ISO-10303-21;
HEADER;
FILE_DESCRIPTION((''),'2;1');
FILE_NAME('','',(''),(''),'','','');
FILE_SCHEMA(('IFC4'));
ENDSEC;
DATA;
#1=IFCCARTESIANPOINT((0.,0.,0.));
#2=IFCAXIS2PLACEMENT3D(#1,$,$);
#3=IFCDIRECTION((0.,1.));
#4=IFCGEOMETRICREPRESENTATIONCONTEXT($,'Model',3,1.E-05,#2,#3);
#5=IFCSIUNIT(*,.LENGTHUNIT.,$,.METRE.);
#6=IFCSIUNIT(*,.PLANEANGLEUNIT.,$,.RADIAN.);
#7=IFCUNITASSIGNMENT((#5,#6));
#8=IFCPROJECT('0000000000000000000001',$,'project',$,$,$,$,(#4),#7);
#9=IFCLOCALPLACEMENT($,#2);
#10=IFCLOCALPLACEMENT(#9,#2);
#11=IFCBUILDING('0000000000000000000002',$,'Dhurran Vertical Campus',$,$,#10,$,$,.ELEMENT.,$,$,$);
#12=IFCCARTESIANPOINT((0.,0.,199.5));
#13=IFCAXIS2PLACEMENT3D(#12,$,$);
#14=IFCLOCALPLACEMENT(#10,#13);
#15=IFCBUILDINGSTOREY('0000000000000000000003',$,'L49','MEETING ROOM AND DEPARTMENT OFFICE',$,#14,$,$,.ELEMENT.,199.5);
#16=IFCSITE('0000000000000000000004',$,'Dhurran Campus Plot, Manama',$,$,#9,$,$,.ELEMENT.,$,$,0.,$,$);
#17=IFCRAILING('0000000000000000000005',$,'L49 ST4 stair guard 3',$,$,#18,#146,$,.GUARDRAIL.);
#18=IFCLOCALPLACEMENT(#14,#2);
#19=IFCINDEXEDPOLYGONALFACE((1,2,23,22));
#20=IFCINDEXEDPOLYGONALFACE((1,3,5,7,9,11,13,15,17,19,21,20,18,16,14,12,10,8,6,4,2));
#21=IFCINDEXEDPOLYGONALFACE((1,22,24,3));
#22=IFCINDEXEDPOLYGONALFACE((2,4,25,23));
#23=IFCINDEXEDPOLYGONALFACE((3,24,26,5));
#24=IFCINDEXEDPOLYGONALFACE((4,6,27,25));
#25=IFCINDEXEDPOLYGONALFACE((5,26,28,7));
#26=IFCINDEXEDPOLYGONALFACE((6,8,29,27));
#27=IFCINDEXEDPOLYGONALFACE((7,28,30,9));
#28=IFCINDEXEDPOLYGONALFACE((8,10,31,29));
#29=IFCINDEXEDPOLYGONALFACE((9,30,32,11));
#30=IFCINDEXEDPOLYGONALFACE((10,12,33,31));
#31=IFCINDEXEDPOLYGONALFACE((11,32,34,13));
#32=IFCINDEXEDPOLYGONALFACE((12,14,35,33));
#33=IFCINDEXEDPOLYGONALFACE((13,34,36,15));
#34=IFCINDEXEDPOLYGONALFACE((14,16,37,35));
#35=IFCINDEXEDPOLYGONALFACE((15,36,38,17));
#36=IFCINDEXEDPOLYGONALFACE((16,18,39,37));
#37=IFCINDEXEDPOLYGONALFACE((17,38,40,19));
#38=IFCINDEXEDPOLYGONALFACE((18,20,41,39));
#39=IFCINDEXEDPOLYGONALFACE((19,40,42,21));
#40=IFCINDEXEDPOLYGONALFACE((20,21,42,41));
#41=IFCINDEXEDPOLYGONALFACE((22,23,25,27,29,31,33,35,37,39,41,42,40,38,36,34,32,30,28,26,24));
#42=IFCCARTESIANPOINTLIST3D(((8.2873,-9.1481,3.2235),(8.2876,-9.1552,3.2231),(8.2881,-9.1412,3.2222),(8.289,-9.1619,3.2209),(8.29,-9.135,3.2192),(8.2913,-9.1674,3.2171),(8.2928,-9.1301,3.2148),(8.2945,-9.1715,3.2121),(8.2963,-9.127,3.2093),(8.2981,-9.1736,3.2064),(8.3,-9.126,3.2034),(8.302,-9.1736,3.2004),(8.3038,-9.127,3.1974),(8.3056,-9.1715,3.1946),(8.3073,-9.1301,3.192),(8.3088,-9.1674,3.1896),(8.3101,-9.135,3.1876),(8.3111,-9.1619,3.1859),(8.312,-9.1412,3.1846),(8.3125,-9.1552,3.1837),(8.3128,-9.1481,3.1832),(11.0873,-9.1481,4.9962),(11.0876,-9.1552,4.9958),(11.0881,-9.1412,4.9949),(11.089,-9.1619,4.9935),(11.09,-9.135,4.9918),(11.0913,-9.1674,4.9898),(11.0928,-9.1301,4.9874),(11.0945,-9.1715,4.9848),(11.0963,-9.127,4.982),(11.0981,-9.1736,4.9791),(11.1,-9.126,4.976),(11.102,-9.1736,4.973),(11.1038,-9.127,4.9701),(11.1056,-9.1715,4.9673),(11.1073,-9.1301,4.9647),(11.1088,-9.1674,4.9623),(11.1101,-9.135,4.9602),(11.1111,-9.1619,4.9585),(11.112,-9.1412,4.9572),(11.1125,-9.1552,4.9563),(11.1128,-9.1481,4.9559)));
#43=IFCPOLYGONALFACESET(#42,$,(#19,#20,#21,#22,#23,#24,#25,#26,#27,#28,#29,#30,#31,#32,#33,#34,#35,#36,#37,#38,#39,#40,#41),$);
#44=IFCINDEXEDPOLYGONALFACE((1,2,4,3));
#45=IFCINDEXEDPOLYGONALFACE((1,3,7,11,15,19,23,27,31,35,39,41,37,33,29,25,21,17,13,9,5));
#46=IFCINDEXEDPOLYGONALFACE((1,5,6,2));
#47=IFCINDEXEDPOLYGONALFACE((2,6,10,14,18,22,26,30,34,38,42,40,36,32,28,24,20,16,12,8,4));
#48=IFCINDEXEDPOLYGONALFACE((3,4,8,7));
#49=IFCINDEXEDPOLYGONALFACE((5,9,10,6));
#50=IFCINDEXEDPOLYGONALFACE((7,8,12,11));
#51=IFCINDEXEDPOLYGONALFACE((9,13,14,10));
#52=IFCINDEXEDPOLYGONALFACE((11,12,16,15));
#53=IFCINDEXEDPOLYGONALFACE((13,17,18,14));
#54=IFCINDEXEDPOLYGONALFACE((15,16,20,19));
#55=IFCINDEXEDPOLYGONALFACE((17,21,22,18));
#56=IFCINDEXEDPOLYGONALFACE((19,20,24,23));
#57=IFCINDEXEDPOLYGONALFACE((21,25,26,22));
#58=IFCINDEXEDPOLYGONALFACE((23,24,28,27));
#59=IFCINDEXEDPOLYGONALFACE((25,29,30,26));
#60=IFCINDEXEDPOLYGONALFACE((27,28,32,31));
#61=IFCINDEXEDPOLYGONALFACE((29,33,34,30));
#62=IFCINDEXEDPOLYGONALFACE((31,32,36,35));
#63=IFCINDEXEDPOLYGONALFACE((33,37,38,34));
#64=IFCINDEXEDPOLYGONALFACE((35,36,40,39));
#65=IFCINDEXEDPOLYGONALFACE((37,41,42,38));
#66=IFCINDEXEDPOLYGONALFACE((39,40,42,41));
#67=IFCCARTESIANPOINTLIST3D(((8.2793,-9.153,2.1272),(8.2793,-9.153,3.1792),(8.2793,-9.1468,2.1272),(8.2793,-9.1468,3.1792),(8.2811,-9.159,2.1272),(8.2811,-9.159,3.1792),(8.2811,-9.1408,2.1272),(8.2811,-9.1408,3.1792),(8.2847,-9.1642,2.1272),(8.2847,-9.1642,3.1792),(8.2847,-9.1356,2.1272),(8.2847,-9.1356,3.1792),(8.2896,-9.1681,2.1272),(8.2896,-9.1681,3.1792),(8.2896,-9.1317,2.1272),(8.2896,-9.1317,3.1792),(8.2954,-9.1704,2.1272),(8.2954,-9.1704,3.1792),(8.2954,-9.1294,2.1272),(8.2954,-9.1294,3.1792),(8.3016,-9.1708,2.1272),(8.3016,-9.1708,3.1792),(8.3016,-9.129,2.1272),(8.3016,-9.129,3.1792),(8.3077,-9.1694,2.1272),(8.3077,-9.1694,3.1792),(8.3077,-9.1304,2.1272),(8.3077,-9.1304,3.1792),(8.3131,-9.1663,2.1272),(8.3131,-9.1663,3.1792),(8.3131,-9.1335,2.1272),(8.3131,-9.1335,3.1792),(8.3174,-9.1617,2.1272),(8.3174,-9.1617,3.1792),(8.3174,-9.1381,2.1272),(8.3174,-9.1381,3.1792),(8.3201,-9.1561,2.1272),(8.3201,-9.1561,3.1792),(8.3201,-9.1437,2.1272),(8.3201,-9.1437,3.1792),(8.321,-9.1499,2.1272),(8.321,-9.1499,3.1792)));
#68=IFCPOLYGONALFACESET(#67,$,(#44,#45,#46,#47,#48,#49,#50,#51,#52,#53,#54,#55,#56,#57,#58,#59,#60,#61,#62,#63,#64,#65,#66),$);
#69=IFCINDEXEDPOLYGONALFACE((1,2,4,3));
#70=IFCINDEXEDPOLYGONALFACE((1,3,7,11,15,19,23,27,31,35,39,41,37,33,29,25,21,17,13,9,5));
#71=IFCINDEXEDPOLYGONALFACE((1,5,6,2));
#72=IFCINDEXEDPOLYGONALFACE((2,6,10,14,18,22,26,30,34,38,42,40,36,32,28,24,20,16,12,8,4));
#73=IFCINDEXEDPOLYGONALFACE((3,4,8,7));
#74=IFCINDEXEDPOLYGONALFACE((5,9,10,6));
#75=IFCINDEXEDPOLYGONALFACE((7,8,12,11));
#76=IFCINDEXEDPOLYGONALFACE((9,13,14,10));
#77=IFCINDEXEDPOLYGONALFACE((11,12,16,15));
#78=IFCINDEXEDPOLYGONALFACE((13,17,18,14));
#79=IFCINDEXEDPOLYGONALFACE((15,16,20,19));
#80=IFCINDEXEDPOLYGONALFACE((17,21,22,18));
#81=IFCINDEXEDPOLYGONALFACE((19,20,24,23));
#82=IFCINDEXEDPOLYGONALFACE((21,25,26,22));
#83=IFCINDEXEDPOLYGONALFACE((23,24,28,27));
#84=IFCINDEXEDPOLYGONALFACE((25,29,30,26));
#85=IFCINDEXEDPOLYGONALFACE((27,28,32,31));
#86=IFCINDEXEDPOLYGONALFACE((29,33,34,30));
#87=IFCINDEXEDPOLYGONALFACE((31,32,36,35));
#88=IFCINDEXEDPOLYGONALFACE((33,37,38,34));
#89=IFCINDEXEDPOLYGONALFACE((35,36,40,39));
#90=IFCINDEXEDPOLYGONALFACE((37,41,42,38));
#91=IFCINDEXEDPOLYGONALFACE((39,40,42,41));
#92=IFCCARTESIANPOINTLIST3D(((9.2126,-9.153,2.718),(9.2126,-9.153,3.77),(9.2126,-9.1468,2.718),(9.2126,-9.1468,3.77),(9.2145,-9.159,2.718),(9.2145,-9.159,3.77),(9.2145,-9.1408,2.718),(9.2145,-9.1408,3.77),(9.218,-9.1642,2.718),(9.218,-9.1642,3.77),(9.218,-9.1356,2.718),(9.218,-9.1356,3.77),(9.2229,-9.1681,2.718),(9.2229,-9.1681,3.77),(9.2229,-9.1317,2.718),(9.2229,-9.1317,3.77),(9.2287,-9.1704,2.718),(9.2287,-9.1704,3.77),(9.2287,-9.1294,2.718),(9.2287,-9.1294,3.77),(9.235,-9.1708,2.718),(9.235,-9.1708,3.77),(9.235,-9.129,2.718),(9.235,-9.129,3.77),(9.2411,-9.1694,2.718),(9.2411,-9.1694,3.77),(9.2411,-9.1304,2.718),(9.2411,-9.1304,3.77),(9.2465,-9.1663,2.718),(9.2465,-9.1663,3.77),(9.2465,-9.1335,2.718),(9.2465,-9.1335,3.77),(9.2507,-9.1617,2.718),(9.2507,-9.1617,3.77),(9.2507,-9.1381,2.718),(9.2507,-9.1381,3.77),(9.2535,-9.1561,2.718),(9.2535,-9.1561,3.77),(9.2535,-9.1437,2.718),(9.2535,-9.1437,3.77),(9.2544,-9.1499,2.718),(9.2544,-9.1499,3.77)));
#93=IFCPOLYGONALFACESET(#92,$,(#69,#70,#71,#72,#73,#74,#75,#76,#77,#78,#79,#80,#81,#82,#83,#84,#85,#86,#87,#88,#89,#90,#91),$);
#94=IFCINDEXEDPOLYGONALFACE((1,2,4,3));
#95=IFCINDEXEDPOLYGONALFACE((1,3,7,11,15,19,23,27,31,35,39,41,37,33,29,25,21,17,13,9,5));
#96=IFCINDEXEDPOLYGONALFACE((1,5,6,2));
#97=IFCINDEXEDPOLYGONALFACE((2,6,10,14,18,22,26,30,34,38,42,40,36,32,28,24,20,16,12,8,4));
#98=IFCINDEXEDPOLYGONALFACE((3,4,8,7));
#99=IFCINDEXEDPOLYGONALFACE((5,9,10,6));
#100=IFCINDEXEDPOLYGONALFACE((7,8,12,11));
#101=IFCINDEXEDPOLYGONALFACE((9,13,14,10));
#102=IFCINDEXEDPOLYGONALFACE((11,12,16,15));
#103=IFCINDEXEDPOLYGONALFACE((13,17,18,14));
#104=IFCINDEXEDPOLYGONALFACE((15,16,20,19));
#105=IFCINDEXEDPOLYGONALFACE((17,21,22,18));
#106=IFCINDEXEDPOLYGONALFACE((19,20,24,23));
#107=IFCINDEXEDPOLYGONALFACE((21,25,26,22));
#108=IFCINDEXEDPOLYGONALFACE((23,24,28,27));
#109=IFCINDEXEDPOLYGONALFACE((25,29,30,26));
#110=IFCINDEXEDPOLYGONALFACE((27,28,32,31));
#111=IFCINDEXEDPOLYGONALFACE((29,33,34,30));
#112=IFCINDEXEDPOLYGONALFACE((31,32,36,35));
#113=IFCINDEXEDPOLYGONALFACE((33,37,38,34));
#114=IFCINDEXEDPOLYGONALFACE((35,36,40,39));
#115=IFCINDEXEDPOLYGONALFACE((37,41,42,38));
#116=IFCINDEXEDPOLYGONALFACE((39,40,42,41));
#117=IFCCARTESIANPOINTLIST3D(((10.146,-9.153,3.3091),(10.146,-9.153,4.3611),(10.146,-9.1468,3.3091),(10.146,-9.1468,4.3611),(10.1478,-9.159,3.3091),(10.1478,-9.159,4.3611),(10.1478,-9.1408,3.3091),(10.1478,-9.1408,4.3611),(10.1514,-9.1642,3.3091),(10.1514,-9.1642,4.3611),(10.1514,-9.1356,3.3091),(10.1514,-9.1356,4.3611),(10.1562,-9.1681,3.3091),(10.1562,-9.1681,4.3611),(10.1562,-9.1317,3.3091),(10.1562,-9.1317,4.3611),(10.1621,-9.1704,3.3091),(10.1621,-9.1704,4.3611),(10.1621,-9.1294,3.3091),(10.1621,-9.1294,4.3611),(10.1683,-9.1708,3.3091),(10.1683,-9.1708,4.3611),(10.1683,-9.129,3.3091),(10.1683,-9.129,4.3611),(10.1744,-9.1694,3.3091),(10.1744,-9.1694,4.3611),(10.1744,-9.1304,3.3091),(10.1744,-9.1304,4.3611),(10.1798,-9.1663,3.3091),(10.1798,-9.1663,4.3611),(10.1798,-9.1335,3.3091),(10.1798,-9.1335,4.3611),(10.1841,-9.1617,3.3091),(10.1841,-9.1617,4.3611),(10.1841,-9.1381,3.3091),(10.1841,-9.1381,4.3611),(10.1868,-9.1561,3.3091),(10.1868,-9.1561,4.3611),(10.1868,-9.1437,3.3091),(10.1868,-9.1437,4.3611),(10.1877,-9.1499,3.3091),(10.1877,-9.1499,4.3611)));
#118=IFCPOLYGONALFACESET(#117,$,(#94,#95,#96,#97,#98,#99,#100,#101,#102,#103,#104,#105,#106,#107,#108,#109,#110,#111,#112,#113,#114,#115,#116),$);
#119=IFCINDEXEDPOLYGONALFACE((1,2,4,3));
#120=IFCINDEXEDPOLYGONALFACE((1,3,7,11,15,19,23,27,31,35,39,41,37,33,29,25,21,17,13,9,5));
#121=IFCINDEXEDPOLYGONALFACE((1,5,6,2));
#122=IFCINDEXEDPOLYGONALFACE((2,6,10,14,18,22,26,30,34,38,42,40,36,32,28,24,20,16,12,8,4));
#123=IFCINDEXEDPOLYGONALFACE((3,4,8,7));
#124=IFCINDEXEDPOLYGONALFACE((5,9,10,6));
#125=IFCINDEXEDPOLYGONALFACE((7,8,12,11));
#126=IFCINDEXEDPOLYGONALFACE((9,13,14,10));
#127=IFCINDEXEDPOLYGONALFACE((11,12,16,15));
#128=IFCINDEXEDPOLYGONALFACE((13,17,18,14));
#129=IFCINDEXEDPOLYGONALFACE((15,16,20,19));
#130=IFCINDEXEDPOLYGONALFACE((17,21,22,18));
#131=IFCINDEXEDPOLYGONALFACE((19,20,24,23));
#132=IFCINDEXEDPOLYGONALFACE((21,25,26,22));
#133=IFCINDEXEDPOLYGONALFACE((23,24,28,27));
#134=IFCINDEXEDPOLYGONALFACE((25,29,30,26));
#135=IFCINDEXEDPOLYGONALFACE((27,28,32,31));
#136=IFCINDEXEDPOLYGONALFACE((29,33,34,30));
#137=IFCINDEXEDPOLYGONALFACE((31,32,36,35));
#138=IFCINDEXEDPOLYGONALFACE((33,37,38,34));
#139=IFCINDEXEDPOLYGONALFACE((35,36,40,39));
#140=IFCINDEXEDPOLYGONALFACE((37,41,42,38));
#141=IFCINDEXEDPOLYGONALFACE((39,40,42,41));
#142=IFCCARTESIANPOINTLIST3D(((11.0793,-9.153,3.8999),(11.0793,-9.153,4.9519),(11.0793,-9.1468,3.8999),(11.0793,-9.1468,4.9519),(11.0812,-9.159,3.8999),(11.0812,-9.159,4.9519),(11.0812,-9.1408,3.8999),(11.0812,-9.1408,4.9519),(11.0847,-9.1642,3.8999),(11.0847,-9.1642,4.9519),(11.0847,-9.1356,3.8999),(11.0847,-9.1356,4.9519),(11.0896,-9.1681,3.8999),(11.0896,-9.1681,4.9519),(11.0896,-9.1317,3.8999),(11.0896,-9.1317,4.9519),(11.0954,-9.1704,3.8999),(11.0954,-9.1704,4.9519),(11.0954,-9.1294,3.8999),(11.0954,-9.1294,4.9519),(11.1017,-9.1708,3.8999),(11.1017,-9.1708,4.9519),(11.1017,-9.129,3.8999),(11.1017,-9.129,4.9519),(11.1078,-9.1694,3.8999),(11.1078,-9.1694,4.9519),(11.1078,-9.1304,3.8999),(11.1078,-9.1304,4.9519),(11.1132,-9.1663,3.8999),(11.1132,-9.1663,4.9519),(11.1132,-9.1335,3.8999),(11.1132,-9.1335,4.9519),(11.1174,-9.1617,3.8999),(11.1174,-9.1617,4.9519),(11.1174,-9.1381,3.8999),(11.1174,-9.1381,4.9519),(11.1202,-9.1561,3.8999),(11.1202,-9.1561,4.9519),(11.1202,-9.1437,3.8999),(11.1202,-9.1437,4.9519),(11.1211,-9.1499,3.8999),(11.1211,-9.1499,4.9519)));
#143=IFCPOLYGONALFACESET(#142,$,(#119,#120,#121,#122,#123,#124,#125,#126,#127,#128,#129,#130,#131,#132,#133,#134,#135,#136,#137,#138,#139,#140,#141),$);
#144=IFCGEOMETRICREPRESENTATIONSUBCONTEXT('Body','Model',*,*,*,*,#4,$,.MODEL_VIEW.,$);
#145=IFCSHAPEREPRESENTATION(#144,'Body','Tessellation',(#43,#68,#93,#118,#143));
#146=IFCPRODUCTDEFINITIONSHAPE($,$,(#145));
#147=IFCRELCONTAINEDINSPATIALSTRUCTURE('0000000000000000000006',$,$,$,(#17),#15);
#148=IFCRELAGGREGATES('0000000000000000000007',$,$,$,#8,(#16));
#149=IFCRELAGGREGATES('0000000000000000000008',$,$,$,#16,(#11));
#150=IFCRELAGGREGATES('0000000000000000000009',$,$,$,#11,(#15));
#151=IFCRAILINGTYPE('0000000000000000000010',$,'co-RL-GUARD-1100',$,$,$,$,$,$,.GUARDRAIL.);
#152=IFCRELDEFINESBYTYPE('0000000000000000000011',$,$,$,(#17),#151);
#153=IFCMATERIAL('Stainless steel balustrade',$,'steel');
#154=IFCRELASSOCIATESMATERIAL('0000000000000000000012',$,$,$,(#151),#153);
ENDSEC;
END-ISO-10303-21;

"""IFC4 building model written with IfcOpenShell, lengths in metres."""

from ifc_helpers import new_model, si_unit, direction, frame, origin, origin_2d, place, context, subcontext, project, spatial, circle, extrude, material, type_object, element, save


model = new_model("IFC4")

# Units and contexts
model_context = context("Model", 3, precision=1e-05, world=origin(), true_north=direction((0.0, 1.0)))
body_context = subcontext(model_context, "Body", "Model", "MODEL_VIEW")
ifc_project = project(units=[si_unit("LENGTHUNIT", "METRE"), si_unit("PLANEANGLEUNIT", "RADIAN")], contexts=[model_context])

# Site, building, storey
site_placement = place(None, origin())
site = spatial("IfcSite", under=ifc_project, at=site_placement, Name="Dhurran Campus Plot, Manama", CompositionType="ELEMENT", RefElevation=0.0)
building_placement = place(site_placement, origin())
building = spatial("IfcBuilding", under=site, at=building_placement, Name="Dhurran Vertical Campus", CompositionType="ELEMENT")
storey_placement = place(building_placement, frame((0.0, 0.0, 199.5)))
storey = spatial("IfcBuildingStorey", under=building, at=storey_placement, Name="L49", Description="MEETING ROOM AND DEPARTMENT OFFICE", CompositionType="ELEMENT", Elevation=199.5)

# Railing
ifc_material_1 = material(Name="Stainless steel balustrade", Category="steel")
railing_type_1 = type_object("IfcRailingType", Name="co-RL-GUARD-1100", PredefinedType="GUARDRAIL", material=ifc_material_1)
railing_1_placement = place(storey_placement, frame((8.3, -9.1499, 2.1272)))
element("IfcRailing", 1, at=railing_1_placement, inside=storey, type_object=railing_type_1, Name="L49 ST4 stair guard 3", PredefinedType="GUARDRAIL", context=body_context, shape_type="SweptSolid", body=[
    extrude(circle(Radius=0.0239, at=origin_2d()), frame((0.0, 0.0, 1.0762), z_axis=(0.844909, 0.0, 0.53491), x_axis=(0.0, 1.0, 0.0)), (0.0, 0.0, 1.0), 3.314),
    extrude(circle(Radius=0.021, at=origin_2d()), origin(), (0.0, 0.0, 1.0), 1.052),
    extrude(circle(Radius=0.021, at=origin_2d()), frame((0.9333, 0.0, 0.5908)), (0.0, 0.0, 1.0), 1.052),
    extrude(circle(Radius=0.021, at=origin_2d()), frame((1.8667, 0.0, 1.1819)), (0.0, 0.0, 1.0), 1.052),
    extrude(circle(Radius=0.021, at=origin_2d()), frame((2.8, 0.0, 1.7727)), (0.0, 0.0, 1.0), 1.052),
])

save(model, "model.ifc")
